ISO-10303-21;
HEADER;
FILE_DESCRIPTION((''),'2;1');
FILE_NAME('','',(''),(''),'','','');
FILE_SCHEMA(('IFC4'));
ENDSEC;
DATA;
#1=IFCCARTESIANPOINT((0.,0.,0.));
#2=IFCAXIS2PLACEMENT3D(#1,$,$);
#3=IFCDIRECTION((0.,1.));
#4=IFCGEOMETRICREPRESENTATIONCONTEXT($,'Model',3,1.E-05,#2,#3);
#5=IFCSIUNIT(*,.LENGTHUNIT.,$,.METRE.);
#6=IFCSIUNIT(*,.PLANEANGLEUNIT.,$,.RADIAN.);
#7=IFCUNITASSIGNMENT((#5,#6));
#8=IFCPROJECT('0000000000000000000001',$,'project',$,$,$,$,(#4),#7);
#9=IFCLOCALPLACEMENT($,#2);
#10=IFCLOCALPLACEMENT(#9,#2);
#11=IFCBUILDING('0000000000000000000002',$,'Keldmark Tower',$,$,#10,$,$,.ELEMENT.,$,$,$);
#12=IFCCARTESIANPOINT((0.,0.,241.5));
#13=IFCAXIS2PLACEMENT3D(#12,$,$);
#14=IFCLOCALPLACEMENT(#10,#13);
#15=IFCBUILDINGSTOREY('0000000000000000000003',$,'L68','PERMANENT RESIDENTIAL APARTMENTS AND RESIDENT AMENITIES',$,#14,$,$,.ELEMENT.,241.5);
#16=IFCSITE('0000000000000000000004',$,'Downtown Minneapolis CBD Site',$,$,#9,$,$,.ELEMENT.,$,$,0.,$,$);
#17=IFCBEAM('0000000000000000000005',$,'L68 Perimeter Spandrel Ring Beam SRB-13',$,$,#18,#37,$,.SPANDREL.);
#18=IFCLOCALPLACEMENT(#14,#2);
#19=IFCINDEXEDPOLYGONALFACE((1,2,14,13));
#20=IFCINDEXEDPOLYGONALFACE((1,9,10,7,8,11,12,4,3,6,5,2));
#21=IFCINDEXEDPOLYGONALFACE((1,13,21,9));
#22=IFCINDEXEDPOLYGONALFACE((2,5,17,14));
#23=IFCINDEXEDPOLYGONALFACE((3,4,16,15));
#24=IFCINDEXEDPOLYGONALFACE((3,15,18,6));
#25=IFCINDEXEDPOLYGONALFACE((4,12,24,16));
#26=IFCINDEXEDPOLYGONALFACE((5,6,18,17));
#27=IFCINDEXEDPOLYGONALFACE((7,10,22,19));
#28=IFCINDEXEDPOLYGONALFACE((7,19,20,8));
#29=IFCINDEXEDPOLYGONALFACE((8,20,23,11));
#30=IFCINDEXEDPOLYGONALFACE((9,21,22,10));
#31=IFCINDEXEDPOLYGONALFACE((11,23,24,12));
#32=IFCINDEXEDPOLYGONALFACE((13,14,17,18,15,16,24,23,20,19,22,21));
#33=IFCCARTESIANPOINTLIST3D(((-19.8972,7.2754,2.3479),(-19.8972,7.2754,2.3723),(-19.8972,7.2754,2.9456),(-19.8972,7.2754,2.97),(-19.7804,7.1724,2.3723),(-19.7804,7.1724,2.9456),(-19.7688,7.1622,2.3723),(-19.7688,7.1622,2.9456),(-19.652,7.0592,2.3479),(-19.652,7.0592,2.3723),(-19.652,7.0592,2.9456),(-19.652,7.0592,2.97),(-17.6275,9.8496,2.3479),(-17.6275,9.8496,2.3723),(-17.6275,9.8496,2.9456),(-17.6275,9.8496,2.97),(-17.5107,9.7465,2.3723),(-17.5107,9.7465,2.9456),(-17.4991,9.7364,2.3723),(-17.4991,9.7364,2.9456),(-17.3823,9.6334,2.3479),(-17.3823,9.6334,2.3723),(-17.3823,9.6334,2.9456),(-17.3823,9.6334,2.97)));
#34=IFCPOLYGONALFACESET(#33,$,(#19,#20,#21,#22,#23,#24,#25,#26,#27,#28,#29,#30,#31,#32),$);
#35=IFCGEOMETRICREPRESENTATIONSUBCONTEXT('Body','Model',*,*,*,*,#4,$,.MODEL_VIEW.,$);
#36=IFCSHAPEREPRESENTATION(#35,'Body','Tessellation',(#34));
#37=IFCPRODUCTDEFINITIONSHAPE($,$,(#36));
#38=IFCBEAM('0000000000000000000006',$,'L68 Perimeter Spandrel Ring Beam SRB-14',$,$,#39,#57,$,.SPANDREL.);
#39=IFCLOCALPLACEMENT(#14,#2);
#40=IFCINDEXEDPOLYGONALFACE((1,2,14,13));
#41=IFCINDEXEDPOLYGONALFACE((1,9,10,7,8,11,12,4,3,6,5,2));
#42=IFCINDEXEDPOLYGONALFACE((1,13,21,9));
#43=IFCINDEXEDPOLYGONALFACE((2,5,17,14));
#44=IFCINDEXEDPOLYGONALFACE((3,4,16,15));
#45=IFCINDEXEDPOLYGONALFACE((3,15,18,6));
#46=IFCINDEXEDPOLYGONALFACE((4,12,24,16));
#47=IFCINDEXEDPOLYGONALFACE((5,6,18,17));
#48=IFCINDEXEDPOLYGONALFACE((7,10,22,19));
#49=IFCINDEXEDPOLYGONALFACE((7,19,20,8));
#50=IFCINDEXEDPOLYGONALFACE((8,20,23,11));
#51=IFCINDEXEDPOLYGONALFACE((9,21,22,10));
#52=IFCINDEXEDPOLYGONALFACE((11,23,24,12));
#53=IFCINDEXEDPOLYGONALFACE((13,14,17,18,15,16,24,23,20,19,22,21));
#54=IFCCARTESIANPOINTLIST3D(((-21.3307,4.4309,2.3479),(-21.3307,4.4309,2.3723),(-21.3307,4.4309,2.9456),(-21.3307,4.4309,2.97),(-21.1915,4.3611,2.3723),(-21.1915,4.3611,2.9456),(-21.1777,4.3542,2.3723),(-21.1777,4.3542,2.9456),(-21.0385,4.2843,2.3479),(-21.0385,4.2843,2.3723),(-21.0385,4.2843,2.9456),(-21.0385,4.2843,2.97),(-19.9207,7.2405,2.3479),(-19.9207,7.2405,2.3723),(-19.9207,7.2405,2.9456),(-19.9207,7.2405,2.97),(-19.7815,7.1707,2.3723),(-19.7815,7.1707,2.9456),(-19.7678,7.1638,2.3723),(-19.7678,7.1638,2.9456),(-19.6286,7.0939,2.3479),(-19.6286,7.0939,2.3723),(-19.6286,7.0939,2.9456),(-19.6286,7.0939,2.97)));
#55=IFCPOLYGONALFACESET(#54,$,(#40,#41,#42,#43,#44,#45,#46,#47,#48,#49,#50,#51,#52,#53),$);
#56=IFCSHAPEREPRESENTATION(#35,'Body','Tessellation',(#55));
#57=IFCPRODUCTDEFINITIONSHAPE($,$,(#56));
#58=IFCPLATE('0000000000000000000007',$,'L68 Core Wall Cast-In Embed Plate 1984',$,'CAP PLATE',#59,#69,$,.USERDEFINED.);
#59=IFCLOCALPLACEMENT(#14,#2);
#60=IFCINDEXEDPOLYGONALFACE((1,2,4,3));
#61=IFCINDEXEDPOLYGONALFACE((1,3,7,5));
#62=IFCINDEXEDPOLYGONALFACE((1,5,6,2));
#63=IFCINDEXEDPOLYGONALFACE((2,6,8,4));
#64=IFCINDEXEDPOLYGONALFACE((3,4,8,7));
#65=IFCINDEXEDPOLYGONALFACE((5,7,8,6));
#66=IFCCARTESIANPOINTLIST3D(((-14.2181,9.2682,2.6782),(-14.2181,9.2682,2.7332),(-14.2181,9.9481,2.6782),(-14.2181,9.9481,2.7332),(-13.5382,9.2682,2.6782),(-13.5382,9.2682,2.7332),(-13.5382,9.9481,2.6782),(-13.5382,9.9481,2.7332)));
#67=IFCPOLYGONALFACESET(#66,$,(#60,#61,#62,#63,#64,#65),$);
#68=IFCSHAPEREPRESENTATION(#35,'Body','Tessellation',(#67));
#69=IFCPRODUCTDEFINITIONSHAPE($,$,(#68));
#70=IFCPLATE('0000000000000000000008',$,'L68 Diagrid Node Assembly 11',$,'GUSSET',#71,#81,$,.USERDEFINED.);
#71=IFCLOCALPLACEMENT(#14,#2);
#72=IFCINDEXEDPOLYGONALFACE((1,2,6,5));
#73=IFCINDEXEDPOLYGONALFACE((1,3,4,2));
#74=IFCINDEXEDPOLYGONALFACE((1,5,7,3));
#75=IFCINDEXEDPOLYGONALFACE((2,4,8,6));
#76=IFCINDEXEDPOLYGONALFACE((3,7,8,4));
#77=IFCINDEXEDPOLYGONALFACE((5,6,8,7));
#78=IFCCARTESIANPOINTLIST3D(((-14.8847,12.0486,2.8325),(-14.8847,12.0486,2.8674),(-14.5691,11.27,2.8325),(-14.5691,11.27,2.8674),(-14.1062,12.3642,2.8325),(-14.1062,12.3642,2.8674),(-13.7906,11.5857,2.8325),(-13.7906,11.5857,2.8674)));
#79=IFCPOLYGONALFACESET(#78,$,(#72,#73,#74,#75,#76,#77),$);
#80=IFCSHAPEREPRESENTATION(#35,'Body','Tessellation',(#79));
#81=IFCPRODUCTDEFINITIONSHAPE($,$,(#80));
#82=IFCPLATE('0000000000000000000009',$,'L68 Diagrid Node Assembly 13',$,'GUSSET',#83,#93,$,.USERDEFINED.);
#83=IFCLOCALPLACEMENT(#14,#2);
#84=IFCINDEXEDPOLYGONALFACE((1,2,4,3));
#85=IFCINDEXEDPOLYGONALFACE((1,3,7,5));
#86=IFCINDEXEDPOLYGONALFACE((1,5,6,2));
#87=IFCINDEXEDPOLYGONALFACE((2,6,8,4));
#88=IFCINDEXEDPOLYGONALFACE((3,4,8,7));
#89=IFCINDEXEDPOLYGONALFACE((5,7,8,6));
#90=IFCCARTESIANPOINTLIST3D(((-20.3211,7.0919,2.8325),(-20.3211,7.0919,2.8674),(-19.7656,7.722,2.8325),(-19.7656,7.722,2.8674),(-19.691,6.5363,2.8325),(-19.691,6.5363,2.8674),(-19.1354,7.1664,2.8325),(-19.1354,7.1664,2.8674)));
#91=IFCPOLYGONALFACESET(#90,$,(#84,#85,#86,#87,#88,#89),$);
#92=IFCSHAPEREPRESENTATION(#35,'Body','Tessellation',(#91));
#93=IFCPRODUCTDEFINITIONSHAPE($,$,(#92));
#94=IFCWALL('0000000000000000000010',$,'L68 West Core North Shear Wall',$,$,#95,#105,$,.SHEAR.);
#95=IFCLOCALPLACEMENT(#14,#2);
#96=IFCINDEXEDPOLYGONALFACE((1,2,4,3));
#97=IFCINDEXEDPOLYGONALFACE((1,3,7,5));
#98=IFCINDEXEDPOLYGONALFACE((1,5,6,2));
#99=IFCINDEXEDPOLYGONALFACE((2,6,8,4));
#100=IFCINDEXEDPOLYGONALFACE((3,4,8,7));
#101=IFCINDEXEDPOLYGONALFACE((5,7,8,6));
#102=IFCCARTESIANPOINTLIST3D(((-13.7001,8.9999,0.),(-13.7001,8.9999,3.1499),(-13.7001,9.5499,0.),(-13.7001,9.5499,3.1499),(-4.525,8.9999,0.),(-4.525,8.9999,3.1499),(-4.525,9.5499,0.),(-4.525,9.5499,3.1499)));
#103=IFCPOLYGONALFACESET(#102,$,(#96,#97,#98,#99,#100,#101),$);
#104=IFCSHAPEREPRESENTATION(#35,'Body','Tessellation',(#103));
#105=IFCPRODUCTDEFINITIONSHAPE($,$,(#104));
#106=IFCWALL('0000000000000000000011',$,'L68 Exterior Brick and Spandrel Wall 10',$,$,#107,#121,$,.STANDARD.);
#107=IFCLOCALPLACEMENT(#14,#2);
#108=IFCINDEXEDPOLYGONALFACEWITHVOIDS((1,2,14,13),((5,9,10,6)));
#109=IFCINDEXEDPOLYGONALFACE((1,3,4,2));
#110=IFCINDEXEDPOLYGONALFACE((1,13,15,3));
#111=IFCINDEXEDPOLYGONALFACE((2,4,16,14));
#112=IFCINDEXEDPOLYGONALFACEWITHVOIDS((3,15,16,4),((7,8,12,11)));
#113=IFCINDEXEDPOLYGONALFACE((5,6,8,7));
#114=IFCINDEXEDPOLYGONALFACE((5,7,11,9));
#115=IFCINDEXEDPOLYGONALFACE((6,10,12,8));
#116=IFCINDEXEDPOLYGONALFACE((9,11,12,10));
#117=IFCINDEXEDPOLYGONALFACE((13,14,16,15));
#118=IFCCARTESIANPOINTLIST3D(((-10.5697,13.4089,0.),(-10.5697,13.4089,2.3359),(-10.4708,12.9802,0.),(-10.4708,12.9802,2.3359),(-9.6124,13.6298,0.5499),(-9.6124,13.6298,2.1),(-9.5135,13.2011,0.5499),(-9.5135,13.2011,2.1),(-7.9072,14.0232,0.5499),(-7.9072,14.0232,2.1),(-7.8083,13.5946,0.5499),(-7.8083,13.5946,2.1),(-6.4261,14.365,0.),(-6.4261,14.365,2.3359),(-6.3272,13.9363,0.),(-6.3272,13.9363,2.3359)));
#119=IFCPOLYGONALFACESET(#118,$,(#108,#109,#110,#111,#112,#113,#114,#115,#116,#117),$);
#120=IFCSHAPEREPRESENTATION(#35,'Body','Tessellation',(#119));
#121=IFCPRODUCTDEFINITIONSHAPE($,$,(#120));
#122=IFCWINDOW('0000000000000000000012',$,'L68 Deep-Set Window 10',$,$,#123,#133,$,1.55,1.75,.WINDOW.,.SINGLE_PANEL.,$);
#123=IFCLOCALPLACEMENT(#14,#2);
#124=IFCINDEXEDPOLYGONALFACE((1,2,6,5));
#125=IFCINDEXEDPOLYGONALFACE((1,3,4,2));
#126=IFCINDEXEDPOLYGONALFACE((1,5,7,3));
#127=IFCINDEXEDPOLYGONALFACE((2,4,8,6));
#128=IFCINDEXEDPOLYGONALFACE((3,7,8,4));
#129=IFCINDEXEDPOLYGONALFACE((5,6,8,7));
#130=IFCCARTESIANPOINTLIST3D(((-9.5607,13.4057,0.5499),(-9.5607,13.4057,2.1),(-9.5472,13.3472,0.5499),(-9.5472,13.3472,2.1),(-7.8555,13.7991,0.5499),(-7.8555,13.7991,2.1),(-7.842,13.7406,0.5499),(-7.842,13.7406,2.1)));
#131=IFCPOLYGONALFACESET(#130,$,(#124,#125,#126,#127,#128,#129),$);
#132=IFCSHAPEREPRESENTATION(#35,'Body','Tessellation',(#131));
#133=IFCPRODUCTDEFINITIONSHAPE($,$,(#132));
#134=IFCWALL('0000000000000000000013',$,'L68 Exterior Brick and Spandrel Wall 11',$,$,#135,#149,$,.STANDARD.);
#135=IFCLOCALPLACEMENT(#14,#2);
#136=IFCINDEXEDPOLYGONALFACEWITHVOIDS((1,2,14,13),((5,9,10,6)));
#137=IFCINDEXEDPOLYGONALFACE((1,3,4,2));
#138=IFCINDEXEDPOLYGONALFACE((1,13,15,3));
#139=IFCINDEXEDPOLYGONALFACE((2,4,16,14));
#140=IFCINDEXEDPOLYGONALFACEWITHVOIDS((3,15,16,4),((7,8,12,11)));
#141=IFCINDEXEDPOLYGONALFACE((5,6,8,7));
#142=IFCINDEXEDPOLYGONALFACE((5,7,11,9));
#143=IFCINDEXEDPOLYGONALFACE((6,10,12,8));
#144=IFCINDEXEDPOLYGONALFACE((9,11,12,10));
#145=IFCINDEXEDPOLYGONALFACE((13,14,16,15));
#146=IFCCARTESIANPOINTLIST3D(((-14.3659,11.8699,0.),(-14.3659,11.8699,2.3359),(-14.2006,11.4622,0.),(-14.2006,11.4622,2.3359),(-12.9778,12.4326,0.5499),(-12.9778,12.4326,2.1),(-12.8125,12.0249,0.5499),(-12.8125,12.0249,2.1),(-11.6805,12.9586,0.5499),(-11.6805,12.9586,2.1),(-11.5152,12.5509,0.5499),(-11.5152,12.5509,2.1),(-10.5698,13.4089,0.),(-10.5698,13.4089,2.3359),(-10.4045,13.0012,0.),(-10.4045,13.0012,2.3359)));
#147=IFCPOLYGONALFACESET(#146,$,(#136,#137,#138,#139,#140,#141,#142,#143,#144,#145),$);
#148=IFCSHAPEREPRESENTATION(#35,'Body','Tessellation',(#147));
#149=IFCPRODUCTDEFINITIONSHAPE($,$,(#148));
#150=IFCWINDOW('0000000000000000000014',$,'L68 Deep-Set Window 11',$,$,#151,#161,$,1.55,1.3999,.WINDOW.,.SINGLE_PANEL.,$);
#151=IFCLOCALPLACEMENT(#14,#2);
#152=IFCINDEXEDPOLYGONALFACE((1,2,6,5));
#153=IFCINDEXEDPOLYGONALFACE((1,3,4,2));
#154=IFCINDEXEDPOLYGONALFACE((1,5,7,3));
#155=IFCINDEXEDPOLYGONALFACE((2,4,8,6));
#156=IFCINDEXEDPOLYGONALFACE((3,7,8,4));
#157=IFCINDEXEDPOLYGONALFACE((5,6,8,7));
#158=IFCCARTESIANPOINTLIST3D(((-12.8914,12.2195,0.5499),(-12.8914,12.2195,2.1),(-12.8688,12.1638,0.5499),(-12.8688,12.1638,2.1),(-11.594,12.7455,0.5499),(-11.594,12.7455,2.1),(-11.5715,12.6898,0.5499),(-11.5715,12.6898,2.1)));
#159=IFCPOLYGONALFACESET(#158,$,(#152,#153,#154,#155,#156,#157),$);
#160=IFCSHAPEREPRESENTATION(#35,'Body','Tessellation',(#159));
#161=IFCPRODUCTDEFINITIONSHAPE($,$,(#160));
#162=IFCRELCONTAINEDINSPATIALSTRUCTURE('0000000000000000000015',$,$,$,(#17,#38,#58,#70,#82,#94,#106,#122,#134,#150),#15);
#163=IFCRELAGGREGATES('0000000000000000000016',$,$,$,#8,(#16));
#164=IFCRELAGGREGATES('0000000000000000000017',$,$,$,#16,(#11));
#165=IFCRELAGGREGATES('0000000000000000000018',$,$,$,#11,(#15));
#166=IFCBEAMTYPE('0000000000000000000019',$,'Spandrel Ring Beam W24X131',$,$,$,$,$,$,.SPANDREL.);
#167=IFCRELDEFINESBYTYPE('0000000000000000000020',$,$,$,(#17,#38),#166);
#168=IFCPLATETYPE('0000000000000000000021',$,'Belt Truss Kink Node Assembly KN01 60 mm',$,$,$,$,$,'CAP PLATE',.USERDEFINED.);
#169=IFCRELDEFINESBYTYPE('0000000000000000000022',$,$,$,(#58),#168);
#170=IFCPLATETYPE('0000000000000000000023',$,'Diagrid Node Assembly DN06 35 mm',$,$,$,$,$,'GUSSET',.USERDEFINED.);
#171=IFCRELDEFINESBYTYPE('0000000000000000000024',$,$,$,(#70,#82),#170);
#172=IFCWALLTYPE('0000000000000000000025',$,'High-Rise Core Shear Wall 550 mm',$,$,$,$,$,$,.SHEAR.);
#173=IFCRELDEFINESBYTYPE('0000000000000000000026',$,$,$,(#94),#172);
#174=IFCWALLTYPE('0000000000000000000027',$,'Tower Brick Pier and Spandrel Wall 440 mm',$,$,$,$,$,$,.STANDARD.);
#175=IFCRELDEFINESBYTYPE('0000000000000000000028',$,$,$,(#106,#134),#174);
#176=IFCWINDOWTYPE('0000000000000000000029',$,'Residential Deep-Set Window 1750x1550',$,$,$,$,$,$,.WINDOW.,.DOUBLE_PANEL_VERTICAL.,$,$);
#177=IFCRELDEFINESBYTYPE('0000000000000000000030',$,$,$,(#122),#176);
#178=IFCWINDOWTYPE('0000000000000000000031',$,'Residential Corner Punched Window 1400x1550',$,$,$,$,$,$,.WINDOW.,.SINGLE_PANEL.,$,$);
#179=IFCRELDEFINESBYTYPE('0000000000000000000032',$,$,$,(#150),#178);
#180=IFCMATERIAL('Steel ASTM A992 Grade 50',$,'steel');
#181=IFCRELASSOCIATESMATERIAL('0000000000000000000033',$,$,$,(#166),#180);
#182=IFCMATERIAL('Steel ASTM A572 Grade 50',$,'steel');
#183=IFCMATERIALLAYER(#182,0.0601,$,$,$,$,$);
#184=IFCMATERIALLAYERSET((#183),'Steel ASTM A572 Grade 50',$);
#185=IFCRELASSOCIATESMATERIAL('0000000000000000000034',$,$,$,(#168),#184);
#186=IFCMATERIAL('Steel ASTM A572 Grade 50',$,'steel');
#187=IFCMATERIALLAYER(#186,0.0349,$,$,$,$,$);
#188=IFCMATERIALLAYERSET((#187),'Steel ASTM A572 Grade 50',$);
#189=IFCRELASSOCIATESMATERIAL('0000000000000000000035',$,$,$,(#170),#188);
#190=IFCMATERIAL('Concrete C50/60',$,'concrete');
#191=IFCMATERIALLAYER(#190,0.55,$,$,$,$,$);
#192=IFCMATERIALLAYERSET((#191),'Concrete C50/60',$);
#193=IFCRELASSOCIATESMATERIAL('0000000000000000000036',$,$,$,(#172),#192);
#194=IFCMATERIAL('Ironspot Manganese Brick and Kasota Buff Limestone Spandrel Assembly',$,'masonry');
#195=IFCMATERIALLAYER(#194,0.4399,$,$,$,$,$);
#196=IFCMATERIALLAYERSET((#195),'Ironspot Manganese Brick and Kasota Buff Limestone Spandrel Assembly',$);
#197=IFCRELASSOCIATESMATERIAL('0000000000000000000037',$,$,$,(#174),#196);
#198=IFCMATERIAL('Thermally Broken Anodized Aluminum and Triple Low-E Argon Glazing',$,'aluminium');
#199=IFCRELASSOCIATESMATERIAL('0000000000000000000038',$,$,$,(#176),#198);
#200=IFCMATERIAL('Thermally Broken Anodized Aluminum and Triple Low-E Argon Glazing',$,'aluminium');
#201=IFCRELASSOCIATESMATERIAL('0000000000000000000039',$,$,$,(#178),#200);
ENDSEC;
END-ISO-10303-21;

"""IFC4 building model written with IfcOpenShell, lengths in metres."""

from ifc_helpers import new_model, si_unit, direction, frame, frame_2d, origin, origin_2d, place, context, subcontext, project, spatial, rectangle, i_section, extrude, material, layer, layer_set, material_profile, profile_set, type_object, element, fill, save


model = new_model("IFC4")

# Units and contexts
model_context = context("Model", 3, precision=1e-05, world=origin(), true_north=direction((0.0, 1.0)))
body_context = subcontext(model_context, "Body", "Model", "MODEL_VIEW")
ifc_project = project(units=[si_unit("LENGTHUNIT", "METRE"), si_unit("PLANEANGLEUNIT", "RADIAN")], contexts=[model_context])

# Site, building, storey
site_placement = place(None, origin())
site = spatial("IfcSite", under=ifc_project, at=site_placement, Name="Downtown Minneapolis CBD Site", CompositionType="ELEMENT", RefElevation=0.0)
building_placement = place(site_placement, origin())
building = spatial("IfcBuilding", under=site, at=building_placement, Name="Keldmark Tower", CompositionType="ELEMENT")
storey_placement = place(building_placement, frame((0.0, 0.0, 241.5)))
storey = spatial("IfcBuildingStorey", under=building, at=storey_placement, Name="L68", Description="PERMANENT RESIDENTIAL APARTMENTS AND RESIDENT AMENITIES", CompositionType="ELEMENT", Elevation=241.5)

# Beams
ifc_material_1 = material(Name="Steel ASTM A992 Grade 50", Category="steel")
ifc_material_profile_1 = material_profile(ifc_material_1, i_section(OverallWidth=0.3269, OverallDepth=0.6221, WebThickness=0.0154, FlangeThickness=0.0244, at=origin_2d()), Name="W24X131")
ifc_profile_set_1 = profile_set([ifc_material_profile_1], Name="Steel ASTM A992 Grade 50")
beam_type_1 = type_object("IfcBeamType", Name="Spandrel Ring Beam W24X131", PredefinedType="SPANDREL", material=ifc_profile_set_1)
beam_1_placement = place(storey_placement, frame((-17.5049, 9.7415, 2.6589), z_axis=(-0.66136, -0.750068, 0.0), x_axis=(0.750068, -0.66136, 0.0)))
element("IfcBeam", 1, at=beam_1_placement, inside=storey, type_object=beam_type_1, Name="L68 Perimeter Spandrel Ring Beam SRB-13", PredefinedType="SPANDREL", context=body_context, shape_type="SweptSolid", body=[
    extrude(i_section(OverallWidth=0.3269, OverallDepth=0.6221, WebThickness=0.0154, FlangeThickness=0.0244, at=origin_2d()), origin(), (0.0, 0.0, 1.0), 3.4319),
])
beam_2_placement = place(storey_placement, frame((-19.7747, 7.1672, 2.6589), z_axis=(-0.448518, -0.893774, 0.0), x_axis=(0.893774, -0.448518, 0.0)))
element("IfcBeam", 2, at=beam_2_placement, inside=storey, type_object=beam_type_1, Name="L68 Perimeter Spandrel Ring Beam SRB-14", PredefinedType="SPANDREL", context=body_context, shape_type="SweptSolid", body=[
    extrude(i_section(OverallWidth=0.3269, OverallDepth=0.6221, WebThickness=0.0154, FlangeThickness=0.0244, at=origin_2d()), origin(), (0.0, 0.0, 1.0), 3.1436),
])

# Plates
ifc_material_2 = material(Name="Steel ASTM A572 Grade 50", Category="steel")
ifc_layer_1 = layer(ifc_material_2, 0.0601)
ifc_layer_set_1 = layer_set([ifc_layer_1], Name="Steel ASTM A572 Grade 50")
plate_type_1 = type_object("IfcPlateType", Name="Belt Truss Kink Node Assembly KN01 60 mm", ElementType="CAP PLATE", PredefinedType="USERDEFINED", material=ifc_layer_set_1)
plate_placement = place(storey_placement, frame((-13.8782, 9.6082, 2.6782), z_axis=(0.0, 0.0, 1.0), x_axis=(1.0, 0.0, 0.0)))
element("IfcPlate", 3, at=plate_placement, inside=storey, type_object=plate_type_1, Name="L68 Core Wall Cast-In Embed Plate 1984", ObjectType="CAP PLATE", PredefinedType="USERDEFINED", context=body_context, shape_type="SweptSolid", body=[
    extrude(rectangle(XDim=0.6799, YDim=0.6799, at=origin_2d()), origin(), (0.0, 0.0, 1.0), 0.0549),
])
ifc_material_3 = material(Name="Steel ASTM A572 Grade 50", Category="steel")
ifc_layer_2 = layer(ifc_material_3, 0.0349)
ifc_layer_set_2 = layer_set([ifc_layer_2], Name="Steel ASTM A572 Grade 50")
plate_type_2 = type_object("IfcPlateType", Name="Diagrid Node Assembly DN06 35 mm", ElementType="GUSSET", PredefinedType="USERDEFINED", material=ifc_layer_set_2)
for number, where, z_axis, x_axis, name in (
    (4, (-14.3376, 11.8171, 2.8325), (0.0, 0.0, 1.0), (-0.926725, -0.375739, 0.0), "L68 Diagrid Node Assembly 11"),
    (5, (-19.7283, 7.1292, 2.8325), (0.0, 0.0, 1.0), (-0.661312, -0.750111, 0.0), "L68 Diagrid Node Assembly 13"),
):
    element("IfcPlate", number, at=place(storey_placement, frame(where, z_axis=z_axis, x_axis=x_axis)), inside=storey, type_object=plate_type_2, Name=name, ObjectType="GUSSET", PredefinedType="USERDEFINED", context=body_context, shape_type="SweptSolid", body=[
        extrude(rectangle(XDim=0.8401, YDim=0.8401, at=origin_2d()), origin(), (0.0, 0.0, 1.0), 0.0349),
    ])

# Wall
ifc_material_4 = material(Name="Concrete C50/60", Category="concrete")
ifc_layer_3 = layer(ifc_material_4, 0.55)
ifc_layer_set_3 = layer_set([ifc_layer_3], Name="Concrete C50/60")
wall_type_1 = type_object("IfcWallType", Name="High-Rise Core Shear Wall 550 mm", PredefinedType="SHEAR", material=ifc_layer_set_3)
wall_1_placement = place(storey_placement, frame((-13.7, 9.2749, 0.0), z_axis=(0.0, 0.0, 1.0), x_axis=(1.0, 0.0, 0.0)))
element("IfcWall", 6, at=wall_1_placement, inside=storey, type_object=wall_type_1, Name="L68 West Core North Shear Wall", PredefinedType="SHEAR", context=body_context, shape_type="SweptSolid", body=[
    extrude(rectangle(XDim=9.175, YDim=0.55, at=frame_2d((4.5874, 0.0))), origin(), (0.0, 0.0, 1.0), 3.1499),
])

# Walls, openings, windows
ifc_material_5 = material(Name="Ironspot Manganese Brick and Kasota Buff Limestone Spandrel Assembly", Category="masonry")
ifc_layer_4 = layer(ifc_material_5, 0.4399)
ifc_layer_set_4 = layer_set([ifc_layer_4], Name="Ironspot Manganese Brick and Kasota Buff Limestone Spandrel Assembly")
wall_type_2 = type_object("IfcWallType", Name="Tower Brick Pier and Spandrel Wall 440 mm", PredefinedType="STANDARD", material=ifc_layer_set_4)
wall_2_placement = place(storey_placement, frame((-10.5203, 13.1946, 0.0), z_axis=(0.0, 0.0, 1.0), x_axis=(0.974399, 0.224826, 0.0)))
wall_2 = element("IfcWall", 7, at=wall_2_placement, inside=storey, type_object=wall_type_2, Name="L68 Exterior Brick and Spandrel Wall 10", PredefinedType="STANDARD", context=body_context, shape_type="SweptSolid", body=[
    extrude(rectangle(XDim=4.2524, YDim=0.4399, at=frame_2d((2.1262, 0.0))), origin(), (0.0, 0.0, 1.0), 2.3359),
])
opening_1_placement = place(wall_2_placement, frame((0.9824, 0.0, 0.55)))
opening_1 = element("IfcOpeningElement", 8, at=opening_1_placement, cuts=wall_2, PredefinedType="OPENING", context=body_context, shape_type="SweptSolid", body=[
    extrude(rectangle(XDim=1.75, YDim=1.55, at=frame_2d((0.875, 0.7749))), frame((0.0, 0.23, 0.0), z_axis=(0.0, -1.0, 0.0), x_axis=(1.0, 0.0, 0.0)), (0.0, 0.0, 1.0), 0.46),
])
ifc_material_6 = material(Name="Thermally Broken Anodized Aluminum and Triple Low-E Argon Glazing", Category="aluminium")
window_type_1 = type_object("IfcWindowType", Name="Residential Deep-Set Window 1750x1550", PartitioningType="DOUBLE_PANEL_VERTICAL", PredefinedType="WINDOW", material=ifc_material_6)
window_1_placement = place(opening_1_placement, origin())
window_1 = element("IfcWindow", 9, at=window_1_placement, inside=storey, type_object=window_type_1, Name="L68 Deep-Set Window 10", OverallHeight=1.55, OverallWidth=1.75, PartitioningType="SINGLE_PANEL", PredefinedType="WINDOW", context=body_context, shape_type="SweptSolid", body=[
    extrude(rectangle(XDim=1.75, YDim=1.55, at=frame_2d((0.875, 0.7749))), frame((0.0, -0.01, 0.0), z_axis=(0.0, -1.0, 0.0), x_axis=(1.0, 0.0, 0.0)), (0.0, 0.0, 1.0), 0.0601),
])
fill(opening_1, window_1)
wall_3_placement = place(storey_placement, frame((-14.2832, 11.666, 0.0), z_axis=(0.0, 0.0, 1.0), x_axis=(0.926732, 0.375723, 0.0)))
wall_3 = element("IfcWall", 10, at=wall_3_placement, inside=storey, type_object=wall_type_2, Name="L68 Exterior Brick and Spandrel Wall 11", PredefinedType="STANDARD", context=body_context, shape_type="SweptSolid", body=[
    extrude(rectangle(XDim=4.0962, YDim=0.4399, at=frame_2d((2.0481, 0.0))), origin(), (0.0, 0.0, 1.0), 2.3359),
])
opening_2_placement = place(wall_3_placement, frame((1.4978, 0.0, 0.55)))
opening_2 = element("IfcOpeningElement", 11, at=opening_2_placement, cuts=wall_3, PredefinedType="OPENING", context=body_context, shape_type="SweptSolid", body=[
    extrude(rectangle(XDim=1.3999, YDim=1.55, at=frame_2d((0.7, 0.7749))), frame((0.0, 0.23, 0.0), z_axis=(0.0, -1.0, 0.0), x_axis=(1.0, 0.0, 0.0)), (0.0, 0.0, 1.0), 0.46),
])
ifc_material_7 = material(Name="Thermally Broken Anodized Aluminum and Triple Low-E Argon Glazing", Category="aluminium")
window_type_2 = type_object("IfcWindowType", Name="Residential Corner Punched Window 1400x1550", PartitioningType="SINGLE_PANEL", PredefinedType="WINDOW", material=ifc_material_7)
window_2_placement = place(opening_2_placement, origin())
window_2 = element("IfcWindow", 12, at=window_2_placement, inside=storey, type_object=window_type_2, Name="L68 Deep-Set Window 11", OverallHeight=1.55, OverallWidth=1.3999, PartitioningType="SINGLE_PANEL", PredefinedType="WINDOW", context=body_context, shape_type="SweptSolid", body=[
    extrude(rectangle(XDim=1.3999, YDim=1.55, at=frame_2d((0.7, 0.7749))), frame((0.0, -0.01, 0.0), z_axis=(0.0, -1.0, 0.0), x_axis=(1.0, 0.0, 0.0)), (0.0, 0.0, 1.0), 0.0601),
])
fill(opening_2, window_2)

save(model, "model.ifc")
